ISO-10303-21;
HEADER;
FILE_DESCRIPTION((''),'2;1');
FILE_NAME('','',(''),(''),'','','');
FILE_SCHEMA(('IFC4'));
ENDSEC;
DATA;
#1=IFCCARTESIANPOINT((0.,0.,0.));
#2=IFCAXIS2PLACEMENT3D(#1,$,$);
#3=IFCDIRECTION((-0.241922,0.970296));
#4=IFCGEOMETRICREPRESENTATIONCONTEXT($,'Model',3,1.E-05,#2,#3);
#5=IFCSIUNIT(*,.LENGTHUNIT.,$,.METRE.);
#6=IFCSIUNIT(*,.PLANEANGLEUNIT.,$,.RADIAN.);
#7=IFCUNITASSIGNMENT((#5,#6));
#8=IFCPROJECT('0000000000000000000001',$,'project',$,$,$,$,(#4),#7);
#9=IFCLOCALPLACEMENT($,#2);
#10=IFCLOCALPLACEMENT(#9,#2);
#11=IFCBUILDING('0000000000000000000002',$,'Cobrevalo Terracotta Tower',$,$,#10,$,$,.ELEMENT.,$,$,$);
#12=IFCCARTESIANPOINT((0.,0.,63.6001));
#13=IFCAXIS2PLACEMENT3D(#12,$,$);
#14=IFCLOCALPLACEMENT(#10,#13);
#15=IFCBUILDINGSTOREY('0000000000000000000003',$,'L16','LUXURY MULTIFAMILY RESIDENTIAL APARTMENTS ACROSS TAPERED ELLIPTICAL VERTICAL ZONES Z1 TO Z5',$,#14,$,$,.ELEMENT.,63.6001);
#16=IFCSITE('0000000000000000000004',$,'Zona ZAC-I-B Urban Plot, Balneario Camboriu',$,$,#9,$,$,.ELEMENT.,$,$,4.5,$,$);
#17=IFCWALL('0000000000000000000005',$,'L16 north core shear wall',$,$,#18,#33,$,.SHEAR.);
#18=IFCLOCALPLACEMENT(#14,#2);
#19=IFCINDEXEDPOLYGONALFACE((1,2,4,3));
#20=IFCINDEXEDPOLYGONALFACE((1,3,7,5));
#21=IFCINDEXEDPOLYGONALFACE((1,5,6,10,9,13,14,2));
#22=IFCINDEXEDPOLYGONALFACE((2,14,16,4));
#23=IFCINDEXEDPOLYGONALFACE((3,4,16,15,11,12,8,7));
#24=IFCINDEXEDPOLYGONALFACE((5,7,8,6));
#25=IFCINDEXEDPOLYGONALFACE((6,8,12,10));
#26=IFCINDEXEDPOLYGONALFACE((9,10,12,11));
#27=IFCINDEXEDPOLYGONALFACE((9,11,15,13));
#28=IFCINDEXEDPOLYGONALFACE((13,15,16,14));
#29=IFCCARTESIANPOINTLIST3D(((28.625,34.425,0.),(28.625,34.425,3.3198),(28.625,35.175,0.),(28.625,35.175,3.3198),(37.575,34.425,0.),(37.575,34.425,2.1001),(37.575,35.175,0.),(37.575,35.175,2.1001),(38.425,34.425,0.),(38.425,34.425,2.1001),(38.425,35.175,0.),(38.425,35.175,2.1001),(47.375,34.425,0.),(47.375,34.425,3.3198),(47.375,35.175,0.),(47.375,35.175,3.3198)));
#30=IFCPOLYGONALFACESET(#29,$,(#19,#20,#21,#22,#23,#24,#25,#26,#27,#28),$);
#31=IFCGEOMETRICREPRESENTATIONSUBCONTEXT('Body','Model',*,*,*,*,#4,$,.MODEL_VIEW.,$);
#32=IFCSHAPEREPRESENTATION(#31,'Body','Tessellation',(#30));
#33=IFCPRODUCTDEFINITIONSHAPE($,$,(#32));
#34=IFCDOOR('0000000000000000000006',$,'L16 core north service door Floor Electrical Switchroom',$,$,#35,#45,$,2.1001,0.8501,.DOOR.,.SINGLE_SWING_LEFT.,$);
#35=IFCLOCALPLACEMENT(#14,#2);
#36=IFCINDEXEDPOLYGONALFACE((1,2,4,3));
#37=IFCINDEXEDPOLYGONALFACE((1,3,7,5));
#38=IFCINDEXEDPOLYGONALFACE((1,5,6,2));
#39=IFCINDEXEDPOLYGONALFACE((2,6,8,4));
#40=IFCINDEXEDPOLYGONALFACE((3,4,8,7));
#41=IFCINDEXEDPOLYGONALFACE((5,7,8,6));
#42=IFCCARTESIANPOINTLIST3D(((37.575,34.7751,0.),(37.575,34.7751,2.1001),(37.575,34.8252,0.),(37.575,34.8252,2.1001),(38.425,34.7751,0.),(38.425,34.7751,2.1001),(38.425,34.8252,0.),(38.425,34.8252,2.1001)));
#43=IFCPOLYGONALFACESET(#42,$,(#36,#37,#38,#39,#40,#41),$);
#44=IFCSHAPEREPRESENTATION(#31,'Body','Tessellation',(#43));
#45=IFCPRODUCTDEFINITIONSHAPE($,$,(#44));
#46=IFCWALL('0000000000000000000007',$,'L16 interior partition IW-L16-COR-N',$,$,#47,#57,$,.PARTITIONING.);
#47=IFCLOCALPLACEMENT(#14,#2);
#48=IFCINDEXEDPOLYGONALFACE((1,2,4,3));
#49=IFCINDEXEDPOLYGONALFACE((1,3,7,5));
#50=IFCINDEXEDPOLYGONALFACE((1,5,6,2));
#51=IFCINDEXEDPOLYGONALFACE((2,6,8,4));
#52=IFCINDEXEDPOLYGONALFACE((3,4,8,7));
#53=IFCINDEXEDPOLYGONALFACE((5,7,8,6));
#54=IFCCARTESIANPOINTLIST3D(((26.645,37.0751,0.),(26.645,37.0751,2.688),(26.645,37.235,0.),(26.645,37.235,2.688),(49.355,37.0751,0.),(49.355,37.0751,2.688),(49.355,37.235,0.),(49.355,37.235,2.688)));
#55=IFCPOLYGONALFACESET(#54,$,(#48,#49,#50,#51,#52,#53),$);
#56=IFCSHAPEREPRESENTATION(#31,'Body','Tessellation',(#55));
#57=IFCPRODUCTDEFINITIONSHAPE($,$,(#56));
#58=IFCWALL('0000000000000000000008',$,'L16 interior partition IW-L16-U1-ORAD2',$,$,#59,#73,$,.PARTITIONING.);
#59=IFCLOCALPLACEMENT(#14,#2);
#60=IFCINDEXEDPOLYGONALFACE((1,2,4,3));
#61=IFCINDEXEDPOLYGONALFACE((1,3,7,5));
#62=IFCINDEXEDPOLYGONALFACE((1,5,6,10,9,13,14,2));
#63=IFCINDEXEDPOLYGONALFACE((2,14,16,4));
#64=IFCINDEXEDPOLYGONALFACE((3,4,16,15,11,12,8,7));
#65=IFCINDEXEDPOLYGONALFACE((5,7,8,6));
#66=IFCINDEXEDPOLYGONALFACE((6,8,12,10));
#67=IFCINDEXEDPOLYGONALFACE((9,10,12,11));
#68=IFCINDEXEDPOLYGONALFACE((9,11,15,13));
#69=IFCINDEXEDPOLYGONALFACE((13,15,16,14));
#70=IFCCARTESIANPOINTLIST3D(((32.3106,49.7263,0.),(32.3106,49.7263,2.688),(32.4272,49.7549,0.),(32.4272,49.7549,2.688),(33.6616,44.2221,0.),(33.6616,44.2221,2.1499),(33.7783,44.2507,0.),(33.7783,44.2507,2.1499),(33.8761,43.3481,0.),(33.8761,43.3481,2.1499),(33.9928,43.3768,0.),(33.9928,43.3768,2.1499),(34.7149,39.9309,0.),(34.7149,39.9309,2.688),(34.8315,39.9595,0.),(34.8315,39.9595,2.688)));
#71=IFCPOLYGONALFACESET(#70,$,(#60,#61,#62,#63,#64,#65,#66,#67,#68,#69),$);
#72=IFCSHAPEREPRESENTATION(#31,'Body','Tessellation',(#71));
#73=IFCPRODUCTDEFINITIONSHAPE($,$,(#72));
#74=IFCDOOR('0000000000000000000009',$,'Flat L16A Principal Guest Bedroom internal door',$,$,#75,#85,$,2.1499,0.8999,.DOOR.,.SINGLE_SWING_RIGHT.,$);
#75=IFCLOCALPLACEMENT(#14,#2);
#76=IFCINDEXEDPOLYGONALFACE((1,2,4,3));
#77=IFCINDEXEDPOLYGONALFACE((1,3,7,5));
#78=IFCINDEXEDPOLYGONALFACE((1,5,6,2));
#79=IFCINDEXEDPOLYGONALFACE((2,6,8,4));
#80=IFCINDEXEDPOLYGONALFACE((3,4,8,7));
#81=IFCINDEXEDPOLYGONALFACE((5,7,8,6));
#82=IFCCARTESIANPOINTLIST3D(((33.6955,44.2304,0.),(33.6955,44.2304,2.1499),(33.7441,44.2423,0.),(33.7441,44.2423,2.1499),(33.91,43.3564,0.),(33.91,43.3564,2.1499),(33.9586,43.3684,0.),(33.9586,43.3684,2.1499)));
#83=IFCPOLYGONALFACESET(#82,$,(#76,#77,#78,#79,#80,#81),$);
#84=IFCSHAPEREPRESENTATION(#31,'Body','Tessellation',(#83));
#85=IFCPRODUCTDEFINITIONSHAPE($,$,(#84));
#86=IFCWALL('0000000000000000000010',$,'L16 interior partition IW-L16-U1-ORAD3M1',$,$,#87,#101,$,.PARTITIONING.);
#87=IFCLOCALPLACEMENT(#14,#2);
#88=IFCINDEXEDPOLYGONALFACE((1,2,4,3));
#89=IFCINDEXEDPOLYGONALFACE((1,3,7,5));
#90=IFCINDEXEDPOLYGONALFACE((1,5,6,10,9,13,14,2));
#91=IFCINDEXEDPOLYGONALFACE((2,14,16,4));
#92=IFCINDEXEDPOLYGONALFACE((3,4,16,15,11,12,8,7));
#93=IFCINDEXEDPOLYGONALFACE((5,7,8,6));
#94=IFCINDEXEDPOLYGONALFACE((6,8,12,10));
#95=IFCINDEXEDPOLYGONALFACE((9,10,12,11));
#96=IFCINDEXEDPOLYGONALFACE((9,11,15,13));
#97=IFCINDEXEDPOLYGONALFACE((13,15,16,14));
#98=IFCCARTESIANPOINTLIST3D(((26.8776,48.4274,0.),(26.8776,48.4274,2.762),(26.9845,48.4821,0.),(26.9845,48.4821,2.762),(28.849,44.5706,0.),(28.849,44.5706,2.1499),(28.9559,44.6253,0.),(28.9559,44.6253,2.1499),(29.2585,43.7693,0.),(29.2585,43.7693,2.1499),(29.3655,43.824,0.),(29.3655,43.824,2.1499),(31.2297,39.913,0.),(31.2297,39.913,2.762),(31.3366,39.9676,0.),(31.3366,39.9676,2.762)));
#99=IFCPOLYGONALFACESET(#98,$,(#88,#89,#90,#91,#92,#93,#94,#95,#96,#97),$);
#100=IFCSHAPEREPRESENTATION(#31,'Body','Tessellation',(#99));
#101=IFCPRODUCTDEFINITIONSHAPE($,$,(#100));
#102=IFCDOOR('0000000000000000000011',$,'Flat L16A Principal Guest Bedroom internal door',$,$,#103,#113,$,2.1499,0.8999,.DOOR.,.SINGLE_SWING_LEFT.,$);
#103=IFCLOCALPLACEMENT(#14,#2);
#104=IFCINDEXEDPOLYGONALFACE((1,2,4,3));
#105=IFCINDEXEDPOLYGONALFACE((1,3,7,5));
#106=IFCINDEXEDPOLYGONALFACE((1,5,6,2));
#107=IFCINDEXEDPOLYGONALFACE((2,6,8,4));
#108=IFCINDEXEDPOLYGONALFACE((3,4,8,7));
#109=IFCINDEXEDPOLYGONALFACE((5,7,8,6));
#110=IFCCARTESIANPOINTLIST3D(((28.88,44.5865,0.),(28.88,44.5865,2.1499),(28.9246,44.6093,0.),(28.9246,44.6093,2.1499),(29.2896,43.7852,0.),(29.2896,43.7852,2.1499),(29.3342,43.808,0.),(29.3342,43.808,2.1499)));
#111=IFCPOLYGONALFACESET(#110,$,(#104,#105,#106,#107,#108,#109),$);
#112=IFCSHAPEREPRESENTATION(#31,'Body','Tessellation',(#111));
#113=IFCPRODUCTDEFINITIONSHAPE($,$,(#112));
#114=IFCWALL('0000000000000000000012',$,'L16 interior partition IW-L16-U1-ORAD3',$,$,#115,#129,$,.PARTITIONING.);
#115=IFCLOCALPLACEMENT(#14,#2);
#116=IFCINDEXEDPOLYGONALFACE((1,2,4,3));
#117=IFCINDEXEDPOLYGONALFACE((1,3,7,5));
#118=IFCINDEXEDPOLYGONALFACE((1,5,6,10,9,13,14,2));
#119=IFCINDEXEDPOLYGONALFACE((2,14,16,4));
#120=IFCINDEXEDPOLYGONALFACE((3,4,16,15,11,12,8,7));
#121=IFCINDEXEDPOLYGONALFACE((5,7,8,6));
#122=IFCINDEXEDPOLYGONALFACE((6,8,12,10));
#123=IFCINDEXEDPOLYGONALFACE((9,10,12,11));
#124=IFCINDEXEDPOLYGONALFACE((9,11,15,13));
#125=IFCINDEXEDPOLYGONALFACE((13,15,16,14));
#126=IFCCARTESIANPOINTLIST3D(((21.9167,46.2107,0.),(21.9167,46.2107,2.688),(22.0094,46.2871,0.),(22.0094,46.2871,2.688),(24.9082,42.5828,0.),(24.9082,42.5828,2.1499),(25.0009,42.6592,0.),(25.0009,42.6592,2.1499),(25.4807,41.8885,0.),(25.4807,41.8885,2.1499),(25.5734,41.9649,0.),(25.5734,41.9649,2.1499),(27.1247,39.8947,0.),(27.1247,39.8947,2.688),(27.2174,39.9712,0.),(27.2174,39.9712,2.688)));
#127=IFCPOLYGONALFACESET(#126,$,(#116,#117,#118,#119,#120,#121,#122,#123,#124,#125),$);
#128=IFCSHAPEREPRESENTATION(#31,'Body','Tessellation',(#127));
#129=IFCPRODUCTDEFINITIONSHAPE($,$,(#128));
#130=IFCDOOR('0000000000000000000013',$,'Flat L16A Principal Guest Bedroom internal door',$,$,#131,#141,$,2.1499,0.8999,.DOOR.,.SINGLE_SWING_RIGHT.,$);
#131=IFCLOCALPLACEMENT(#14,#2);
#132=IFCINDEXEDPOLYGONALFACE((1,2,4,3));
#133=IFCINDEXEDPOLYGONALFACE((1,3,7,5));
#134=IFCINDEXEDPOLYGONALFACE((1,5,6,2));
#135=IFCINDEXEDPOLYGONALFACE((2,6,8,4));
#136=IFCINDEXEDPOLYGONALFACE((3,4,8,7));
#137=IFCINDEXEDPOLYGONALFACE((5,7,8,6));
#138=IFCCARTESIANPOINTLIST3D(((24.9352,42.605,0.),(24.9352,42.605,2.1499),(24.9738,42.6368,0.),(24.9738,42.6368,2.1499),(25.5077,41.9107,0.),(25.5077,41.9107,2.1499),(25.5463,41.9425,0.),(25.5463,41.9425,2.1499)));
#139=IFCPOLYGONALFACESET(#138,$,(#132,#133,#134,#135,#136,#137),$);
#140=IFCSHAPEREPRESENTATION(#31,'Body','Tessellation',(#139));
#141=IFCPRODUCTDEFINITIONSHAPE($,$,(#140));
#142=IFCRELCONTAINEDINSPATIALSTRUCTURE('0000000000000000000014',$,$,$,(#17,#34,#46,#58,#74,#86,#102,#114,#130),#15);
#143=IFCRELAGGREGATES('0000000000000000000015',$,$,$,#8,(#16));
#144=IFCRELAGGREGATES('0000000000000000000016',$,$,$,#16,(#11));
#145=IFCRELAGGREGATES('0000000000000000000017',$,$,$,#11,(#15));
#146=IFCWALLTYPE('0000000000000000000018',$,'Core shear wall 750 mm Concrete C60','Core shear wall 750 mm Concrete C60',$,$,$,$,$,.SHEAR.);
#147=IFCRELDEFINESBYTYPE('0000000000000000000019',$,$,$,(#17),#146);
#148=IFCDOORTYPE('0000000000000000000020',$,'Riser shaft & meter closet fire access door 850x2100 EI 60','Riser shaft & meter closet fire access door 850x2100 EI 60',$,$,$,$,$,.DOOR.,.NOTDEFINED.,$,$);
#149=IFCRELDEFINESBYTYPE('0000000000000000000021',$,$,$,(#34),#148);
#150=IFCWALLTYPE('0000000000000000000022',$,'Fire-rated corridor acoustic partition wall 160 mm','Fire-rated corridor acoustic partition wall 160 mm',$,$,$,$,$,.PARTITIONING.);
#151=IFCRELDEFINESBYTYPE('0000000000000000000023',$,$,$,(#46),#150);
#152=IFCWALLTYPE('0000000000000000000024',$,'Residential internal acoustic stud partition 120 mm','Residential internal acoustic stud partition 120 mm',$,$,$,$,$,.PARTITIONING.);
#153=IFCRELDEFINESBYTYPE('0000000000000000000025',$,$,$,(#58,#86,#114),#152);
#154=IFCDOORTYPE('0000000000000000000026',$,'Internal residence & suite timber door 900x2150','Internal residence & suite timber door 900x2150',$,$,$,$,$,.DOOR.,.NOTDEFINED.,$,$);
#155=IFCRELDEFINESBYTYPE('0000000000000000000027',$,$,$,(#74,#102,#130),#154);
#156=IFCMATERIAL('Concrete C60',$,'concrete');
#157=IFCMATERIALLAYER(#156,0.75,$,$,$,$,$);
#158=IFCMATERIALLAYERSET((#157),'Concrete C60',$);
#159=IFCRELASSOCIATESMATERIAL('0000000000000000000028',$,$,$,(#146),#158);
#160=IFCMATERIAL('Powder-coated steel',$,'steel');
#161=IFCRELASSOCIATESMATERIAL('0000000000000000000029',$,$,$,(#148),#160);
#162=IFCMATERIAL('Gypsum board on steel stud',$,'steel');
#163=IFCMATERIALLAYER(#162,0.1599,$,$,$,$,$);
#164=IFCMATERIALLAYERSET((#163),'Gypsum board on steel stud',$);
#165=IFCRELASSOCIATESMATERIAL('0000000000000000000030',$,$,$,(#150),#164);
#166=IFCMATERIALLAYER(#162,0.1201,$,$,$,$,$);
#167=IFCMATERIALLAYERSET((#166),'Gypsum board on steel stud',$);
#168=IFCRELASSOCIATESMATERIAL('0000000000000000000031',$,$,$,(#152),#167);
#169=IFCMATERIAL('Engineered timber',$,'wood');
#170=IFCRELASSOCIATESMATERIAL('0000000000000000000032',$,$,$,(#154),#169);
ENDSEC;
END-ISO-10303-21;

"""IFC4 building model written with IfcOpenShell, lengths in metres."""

from ifc_helpers import new_model, si_unit, direction, frame, frame_2d, origin, place, context, subcontext, project, spatial, rectangle, extrude, source, transform, mapped, material, layer, layer_set, type_object, element, fill, save


model = new_model("IFC4")

# Units and contexts
model_context = context("Model", 3, precision=1e-05, world=origin(), true_north=direction((-0.241922, 0.970296)))
body_context = subcontext(model_context, "Body", "Model", "MODEL_VIEW")
ifc_project = project(units=[si_unit("LENGTHUNIT", "METRE"), si_unit("PLANEANGLEUNIT", "RADIAN")], contexts=[model_context])

# Site, building, storey
site_placement = place(None, origin())
site = spatial("IfcSite", under=ifc_project, at=site_placement, Name="Zona ZAC-I-B Urban Plot, Balneario Camboriu", CompositionType="ELEMENT", RefElevation=4.5)
building_placement = place(site_placement, origin())
building = spatial("IfcBuilding", under=site, at=building_placement, Name="Cobrevalo Terracotta Tower", CompositionType="ELEMENT")
storey_placement = place(building_placement, frame((0.0, 0.0, 63.6001)))
storey = spatial("IfcBuildingStorey", under=building, at=storey_placement, Name="L16", Description="LUXURY MULTIFAMILY RESIDENTIAL APARTMENTS ACROSS TAPERED ELLIPTICAL VERTICAL ZONES Z1 TO Z5", CompositionType="ELEMENT", Elevation=63.6001)

# Shared definitions
ifc_material_1 = material(Name="Concrete C60", Category="concrete")

# Wall, opening, door
ifc_layer_1 = layer(ifc_material_1, 0.75)
ifc_layer_set_1 = layer_set([ifc_layer_1], Name="Concrete C60")
wall_type_1 = type_object("IfcWallType", Name="Core shear wall 750 mm Concrete C60", Description="Core shear wall 750 mm Concrete C60", PredefinedType="SHEAR", material=ifc_layer_set_1)
wall_1_placement = place(storey_placement, frame((28.625, 34.8, 0.0), z_axis=(0.0, 0.0, 1.0), x_axis=(1.0, 0.0, 0.0)))
wall_1 = element("IfcWall", 1, at=wall_1_placement, inside=storey, type_object=wall_type_1, Name="L16 north core shear wall", PredefinedType="SHEAR", context=body_context, shape_type="SweptSolid", body=[
    extrude(rectangle(XDim=18.75, YDim=0.75, at=frame_2d((9.375, 0.0))), origin(), (0.0, 0.0, 1.0), 3.3198),
])
opening_1_placement = place(wall_1_placement, frame((8.95, 0.0, 0.0)))
opening_1 = element("IfcOpeningElement", 2, at=opening_1_placement, cuts=wall_1, PredefinedType="OPENING", context=body_context, shape_type="SweptSolid", body=[
    extrude(rectangle(XDim=0.8501, YDim=2.1001, at=frame_2d((0.425, 1.05))), frame((0.0, 0.385, 0.0), z_axis=(0.0, -1.0, 0.0), x_axis=(1.0, 0.0, 0.0)), (0.0, 0.0, 1.0), 0.77),
])
ifc_material_2 = material(Name="Powder-coated steel", Category="steel")
door_type_1 = type_object("IfcDoorType", Name="Riser shaft & meter closet fire access door 850x2100 EI 60", Description="Riser shaft & meter closet fire access door 850x2100 EI 60", OperationType="NOTDEFINED", PredefinedType="DOOR", material=ifc_material_2)
shared_shape_1 = source(origin(), body_context, "Body", "SweptSolid", [
    extrude(rectangle(XDim=0.8501, YDim=2.1001, at=frame_2d((0.425, 1.05))), frame((0.0, 0.0249, 0.0), z_axis=(0.0, -1.0, 0.0), x_axis=(1.0, 0.0, 0.0)), (0.0, 0.0, 1.0), 0.05),
])
door_1_placement = place(opening_1_placement, frame((0.8501, 0.0, 0.0), z_axis=(0.0, 0.0, 1.0), x_axis=(-1.0, 0.0, 0.0)))
door_1 = element("IfcDoor", 3, at=door_1_placement, inside=storey, type_object=door_type_1, Name="L16 core north service door Floor Electrical Switchroom", OperationType="SINGLE_SWING_LEFT", OverallHeight=2.1001, OverallWidth=0.8501, PredefinedType="DOOR", context=body_context, shape_type="MappedRepresentation", body=[
    mapped(shared_shape_1, transform((0.0, 0.0, 0.0), scale=1.0)),
])
fill(opening_1, door_1)

# Wall
ifc_material_3 = material(Name="Gypsum board on steel stud", Category="steel")
ifc_layer_2 = layer(ifc_material_3, 0.1599)
ifc_layer_set_2 = layer_set([ifc_layer_2], Name="Gypsum board on steel stud")
wall_type_2 = type_object("IfcWallType", Name="Fire-rated corridor acoustic partition wall 160 mm", Description="Fire-rated corridor acoustic partition wall 160 mm", PredefinedType="PARTITIONING", material=ifc_layer_set_2)
wall_2_placement = place(storey_placement, frame((26.645, 37.155, 0.0), z_axis=(0.0, 0.0, 1.0), x_axis=(1.0, 0.0, 0.0)))
element("IfcWall", 4, at=wall_2_placement, inside=storey, type_object=wall_type_2, Name="L16 interior partition IW-L16-COR-N", PredefinedType="PARTITIONING", context=body_context, shape_type="SweptSolid", body=[
    extrude(rectangle(XDim=22.71, YDim=0.1599, at=frame_2d((11.355, 0.0))), origin(), (0.0, 0.0, 1.0), 2.688),
])

# Walls, openings, doors
ifc_layer_3 = layer(ifc_material_3, 0.1201)
ifc_layer_set_3 = layer_set([ifc_layer_3], Name="Gypsum board on steel stud")
wall_type_3 = type_object("IfcWallType", Name="Residential internal acoustic stud partition 120 mm", Description="Residential internal acoustic stud partition 120 mm", PredefinedType="PARTITIONING", material=ifc_layer_set_3)
wall_3_placement = place(storey_placement, frame((34.7732, 39.9453, 0.0), z_axis=(0.0, 0.0, 1.0), x_axis=(-0.238376, 0.971173, 0.0)))
wall_3 = element("IfcWall", 5, at=wall_3_placement, inside=storey, type_object=wall_type_3, Name="L16 interior partition IW-L16-U1-ORAD2", PredefinedType="PARTITIONING", context=body_context, shape_type="SweptSolid", body=[
    extrude(rectangle(XDim=10.0862, YDim=0.1201, at=frame_2d((5.043, 0.0))), origin(), (0.0, 0.0, 1.0), 2.688),
])
opening_2_placement = place(wall_3_placement, frame((3.5186, 0.0, 0.0)))
opening_2 = element("IfcOpeningElement", 6, at=opening_2_placement, cuts=wall_3, PredefinedType="OPENING", context=body_context, shape_type="SweptSolid", body=[
    extrude(rectangle(XDim=0.8999, YDim=2.1499, at=frame_2d((0.45, 1.075))), frame((0.0, 0.0701, 0.0), z_axis=(0.0, -1.0, 0.0), x_axis=(1.0, 0.0, 0.0)), (0.0, 0.0, 1.0), 0.1401),
])
ifc_material_4 = material(Name="Engineered timber", Category="wood")
door_type_2 = type_object("IfcDoorType", Name="Internal residence & suite timber door 900x2150", Description="Internal residence & suite timber door 900x2150", OperationType="NOTDEFINED", PredefinedType="DOOR", material=ifc_material_4)
shared_shape_2 = source(origin(), body_context, "Body", "SweptSolid", [
    extrude(rectangle(XDim=0.8999, YDim=2.1499, at=frame_2d((0.45, 1.075))), frame((0.0, 0.0249, 0.0), z_axis=(0.0, -1.0, 0.0), x_axis=(1.0, 0.0, 0.0)), (0.0, 0.0, 1.0), 0.05),
])
door_2_placement = place(opening_2_placement, frame((0.8999, 0.0, 0.0), z_axis=(0.0, 0.0, 1.0), x_axis=(-1.0, 0.0, 0.0)))
door_2 = element("IfcDoor", 7, at=door_2_placement, inside=storey, type_object=door_type_2, Name="Flat L16A Principal Guest Bedroom internal door", OperationType="SINGLE_SWING_RIGHT", OverallHeight=2.1499, OverallWidth=0.8999, PredefinedType="DOOR", context=body_context, shape_type="MappedRepresentation", body=[
    mapped(shared_shape_2, transform((0.0, 0.0, 0.0), scale=1.0)),
])
fill(opening_2, door_2)
wall_4_placement = place(storey_placement, frame((31.2832, 39.9402, 0.0), z_axis=(0.0, 0.0, 1.0), x_axis=(-0.455131, 0.890424, 0.0)))
wall_4 = element("IfcWall", 8, at=wall_4_placement, inside=storey, type_object=wall_type_3, Name="L16 interior partition IW-L16-U1-ORAD3M1", PredefinedType="PARTITIONING", context=body_context, shape_type="SweptSolid", body=[
    extrude(rectangle(XDim=9.5623, YDim=0.1201, at=frame_2d((4.7812, 0.0))), origin(), (0.0, 0.0, 1.0), 2.762),
])
opening_3_placement = place(wall_4_placement, frame((4.3311, 0.0, 0.0)))
opening_3 = element("IfcOpeningElement", 9, at=opening_3_placement, cuts=wall_4, PredefinedType="OPENING", context=body_context, shape_type="SweptSolid", body=[
    extrude(rectangle(XDim=0.8999, YDim=2.1499, at=frame_2d((0.45, 1.075))), frame((0.0, 0.0701, 0.0), z_axis=(0.0, -1.0, 0.0), x_axis=(1.0, 0.0, 0.0)), (0.0, 0.0, 1.0), 0.1401),
])
door_3_placement = place(opening_3_placement, frame((0.8999, 0.0, 0.0), z_axis=(0.0, 0.0, 1.0), x_axis=(-1.0, 0.0, 0.0)))
door_3 = element("IfcDoor", 10, at=door_3_placement, inside=storey, type_object=door_type_2, Name="Flat L16A Principal Guest Bedroom internal door", OperationType="SINGLE_SWING_LEFT", OverallHeight=2.1499, OverallWidth=0.8999, PredefinedType="DOOR", context=body_context, shape_type="MappedRepresentation", body=[
    mapped(shared_shape_2, transform((0.0, 0.0, 0.0), scale=1.0)),
])
fill(opening_3, door_3)
wall_5_placement = place(storey_placement, frame((27.1711, 39.9329, 0.0), z_axis=(0.0, 0.0, 1.0), x_axis=(-0.636192, 0.771531, 0.0)))
wall_5 = element("IfcWall", 11, at=wall_5_placement, inside=storey, type_object=wall_type_3, Name="L16 interior partition IW-L16-U1-ORAD3", PredefinedType="PARTITIONING", context=body_context, shape_type="SweptSolid", body=[
    extrude(rectangle(XDim=8.1863, YDim=0.1201, at=frame_2d((4.0933, 0.0))), origin(), (0.0, 0.0, 1.0), 2.688),
])
opening_4_placement = place(wall_5_placement, frame((2.5842, 0.0, 0.0)))
opening_4 = element("IfcOpeningElement", 12, at=opening_4_placement, cuts=wall_5, PredefinedType="OPENING", context=body_context, shape_type="SweptSolid", body=[
    extrude(rectangle(XDim=0.8999, YDim=2.1499, at=frame_2d((0.45, 1.075))), frame((0.0, 0.0701, 0.0), z_axis=(0.0, -1.0, 0.0), x_axis=(1.0, 0.0, 0.0)), (0.0, 0.0, 1.0), 0.1401),
])
door_4_placement = place(opening_4_placement, frame((0.8999, 0.0, 0.0), z_axis=(0.0, 0.0, 1.0), x_axis=(-1.0, 0.0, 0.0)))
door_4 = element("IfcDoor", 13, at=door_4_placement, inside=storey, type_object=door_type_2, Name="Flat L16A Principal Guest Bedroom internal door", OperationType="SINGLE_SWING_RIGHT", OverallHeight=2.1499, OverallWidth=0.8999, PredefinedType="DOOR", context=body_context, shape_type="MappedRepresentation", body=[
    mapped(shared_shape_2, transform((0.0, 0.0, 0.0), scale=1.0)),
])
fill(opening_4, door_4)

save(model, "model.ifc")
